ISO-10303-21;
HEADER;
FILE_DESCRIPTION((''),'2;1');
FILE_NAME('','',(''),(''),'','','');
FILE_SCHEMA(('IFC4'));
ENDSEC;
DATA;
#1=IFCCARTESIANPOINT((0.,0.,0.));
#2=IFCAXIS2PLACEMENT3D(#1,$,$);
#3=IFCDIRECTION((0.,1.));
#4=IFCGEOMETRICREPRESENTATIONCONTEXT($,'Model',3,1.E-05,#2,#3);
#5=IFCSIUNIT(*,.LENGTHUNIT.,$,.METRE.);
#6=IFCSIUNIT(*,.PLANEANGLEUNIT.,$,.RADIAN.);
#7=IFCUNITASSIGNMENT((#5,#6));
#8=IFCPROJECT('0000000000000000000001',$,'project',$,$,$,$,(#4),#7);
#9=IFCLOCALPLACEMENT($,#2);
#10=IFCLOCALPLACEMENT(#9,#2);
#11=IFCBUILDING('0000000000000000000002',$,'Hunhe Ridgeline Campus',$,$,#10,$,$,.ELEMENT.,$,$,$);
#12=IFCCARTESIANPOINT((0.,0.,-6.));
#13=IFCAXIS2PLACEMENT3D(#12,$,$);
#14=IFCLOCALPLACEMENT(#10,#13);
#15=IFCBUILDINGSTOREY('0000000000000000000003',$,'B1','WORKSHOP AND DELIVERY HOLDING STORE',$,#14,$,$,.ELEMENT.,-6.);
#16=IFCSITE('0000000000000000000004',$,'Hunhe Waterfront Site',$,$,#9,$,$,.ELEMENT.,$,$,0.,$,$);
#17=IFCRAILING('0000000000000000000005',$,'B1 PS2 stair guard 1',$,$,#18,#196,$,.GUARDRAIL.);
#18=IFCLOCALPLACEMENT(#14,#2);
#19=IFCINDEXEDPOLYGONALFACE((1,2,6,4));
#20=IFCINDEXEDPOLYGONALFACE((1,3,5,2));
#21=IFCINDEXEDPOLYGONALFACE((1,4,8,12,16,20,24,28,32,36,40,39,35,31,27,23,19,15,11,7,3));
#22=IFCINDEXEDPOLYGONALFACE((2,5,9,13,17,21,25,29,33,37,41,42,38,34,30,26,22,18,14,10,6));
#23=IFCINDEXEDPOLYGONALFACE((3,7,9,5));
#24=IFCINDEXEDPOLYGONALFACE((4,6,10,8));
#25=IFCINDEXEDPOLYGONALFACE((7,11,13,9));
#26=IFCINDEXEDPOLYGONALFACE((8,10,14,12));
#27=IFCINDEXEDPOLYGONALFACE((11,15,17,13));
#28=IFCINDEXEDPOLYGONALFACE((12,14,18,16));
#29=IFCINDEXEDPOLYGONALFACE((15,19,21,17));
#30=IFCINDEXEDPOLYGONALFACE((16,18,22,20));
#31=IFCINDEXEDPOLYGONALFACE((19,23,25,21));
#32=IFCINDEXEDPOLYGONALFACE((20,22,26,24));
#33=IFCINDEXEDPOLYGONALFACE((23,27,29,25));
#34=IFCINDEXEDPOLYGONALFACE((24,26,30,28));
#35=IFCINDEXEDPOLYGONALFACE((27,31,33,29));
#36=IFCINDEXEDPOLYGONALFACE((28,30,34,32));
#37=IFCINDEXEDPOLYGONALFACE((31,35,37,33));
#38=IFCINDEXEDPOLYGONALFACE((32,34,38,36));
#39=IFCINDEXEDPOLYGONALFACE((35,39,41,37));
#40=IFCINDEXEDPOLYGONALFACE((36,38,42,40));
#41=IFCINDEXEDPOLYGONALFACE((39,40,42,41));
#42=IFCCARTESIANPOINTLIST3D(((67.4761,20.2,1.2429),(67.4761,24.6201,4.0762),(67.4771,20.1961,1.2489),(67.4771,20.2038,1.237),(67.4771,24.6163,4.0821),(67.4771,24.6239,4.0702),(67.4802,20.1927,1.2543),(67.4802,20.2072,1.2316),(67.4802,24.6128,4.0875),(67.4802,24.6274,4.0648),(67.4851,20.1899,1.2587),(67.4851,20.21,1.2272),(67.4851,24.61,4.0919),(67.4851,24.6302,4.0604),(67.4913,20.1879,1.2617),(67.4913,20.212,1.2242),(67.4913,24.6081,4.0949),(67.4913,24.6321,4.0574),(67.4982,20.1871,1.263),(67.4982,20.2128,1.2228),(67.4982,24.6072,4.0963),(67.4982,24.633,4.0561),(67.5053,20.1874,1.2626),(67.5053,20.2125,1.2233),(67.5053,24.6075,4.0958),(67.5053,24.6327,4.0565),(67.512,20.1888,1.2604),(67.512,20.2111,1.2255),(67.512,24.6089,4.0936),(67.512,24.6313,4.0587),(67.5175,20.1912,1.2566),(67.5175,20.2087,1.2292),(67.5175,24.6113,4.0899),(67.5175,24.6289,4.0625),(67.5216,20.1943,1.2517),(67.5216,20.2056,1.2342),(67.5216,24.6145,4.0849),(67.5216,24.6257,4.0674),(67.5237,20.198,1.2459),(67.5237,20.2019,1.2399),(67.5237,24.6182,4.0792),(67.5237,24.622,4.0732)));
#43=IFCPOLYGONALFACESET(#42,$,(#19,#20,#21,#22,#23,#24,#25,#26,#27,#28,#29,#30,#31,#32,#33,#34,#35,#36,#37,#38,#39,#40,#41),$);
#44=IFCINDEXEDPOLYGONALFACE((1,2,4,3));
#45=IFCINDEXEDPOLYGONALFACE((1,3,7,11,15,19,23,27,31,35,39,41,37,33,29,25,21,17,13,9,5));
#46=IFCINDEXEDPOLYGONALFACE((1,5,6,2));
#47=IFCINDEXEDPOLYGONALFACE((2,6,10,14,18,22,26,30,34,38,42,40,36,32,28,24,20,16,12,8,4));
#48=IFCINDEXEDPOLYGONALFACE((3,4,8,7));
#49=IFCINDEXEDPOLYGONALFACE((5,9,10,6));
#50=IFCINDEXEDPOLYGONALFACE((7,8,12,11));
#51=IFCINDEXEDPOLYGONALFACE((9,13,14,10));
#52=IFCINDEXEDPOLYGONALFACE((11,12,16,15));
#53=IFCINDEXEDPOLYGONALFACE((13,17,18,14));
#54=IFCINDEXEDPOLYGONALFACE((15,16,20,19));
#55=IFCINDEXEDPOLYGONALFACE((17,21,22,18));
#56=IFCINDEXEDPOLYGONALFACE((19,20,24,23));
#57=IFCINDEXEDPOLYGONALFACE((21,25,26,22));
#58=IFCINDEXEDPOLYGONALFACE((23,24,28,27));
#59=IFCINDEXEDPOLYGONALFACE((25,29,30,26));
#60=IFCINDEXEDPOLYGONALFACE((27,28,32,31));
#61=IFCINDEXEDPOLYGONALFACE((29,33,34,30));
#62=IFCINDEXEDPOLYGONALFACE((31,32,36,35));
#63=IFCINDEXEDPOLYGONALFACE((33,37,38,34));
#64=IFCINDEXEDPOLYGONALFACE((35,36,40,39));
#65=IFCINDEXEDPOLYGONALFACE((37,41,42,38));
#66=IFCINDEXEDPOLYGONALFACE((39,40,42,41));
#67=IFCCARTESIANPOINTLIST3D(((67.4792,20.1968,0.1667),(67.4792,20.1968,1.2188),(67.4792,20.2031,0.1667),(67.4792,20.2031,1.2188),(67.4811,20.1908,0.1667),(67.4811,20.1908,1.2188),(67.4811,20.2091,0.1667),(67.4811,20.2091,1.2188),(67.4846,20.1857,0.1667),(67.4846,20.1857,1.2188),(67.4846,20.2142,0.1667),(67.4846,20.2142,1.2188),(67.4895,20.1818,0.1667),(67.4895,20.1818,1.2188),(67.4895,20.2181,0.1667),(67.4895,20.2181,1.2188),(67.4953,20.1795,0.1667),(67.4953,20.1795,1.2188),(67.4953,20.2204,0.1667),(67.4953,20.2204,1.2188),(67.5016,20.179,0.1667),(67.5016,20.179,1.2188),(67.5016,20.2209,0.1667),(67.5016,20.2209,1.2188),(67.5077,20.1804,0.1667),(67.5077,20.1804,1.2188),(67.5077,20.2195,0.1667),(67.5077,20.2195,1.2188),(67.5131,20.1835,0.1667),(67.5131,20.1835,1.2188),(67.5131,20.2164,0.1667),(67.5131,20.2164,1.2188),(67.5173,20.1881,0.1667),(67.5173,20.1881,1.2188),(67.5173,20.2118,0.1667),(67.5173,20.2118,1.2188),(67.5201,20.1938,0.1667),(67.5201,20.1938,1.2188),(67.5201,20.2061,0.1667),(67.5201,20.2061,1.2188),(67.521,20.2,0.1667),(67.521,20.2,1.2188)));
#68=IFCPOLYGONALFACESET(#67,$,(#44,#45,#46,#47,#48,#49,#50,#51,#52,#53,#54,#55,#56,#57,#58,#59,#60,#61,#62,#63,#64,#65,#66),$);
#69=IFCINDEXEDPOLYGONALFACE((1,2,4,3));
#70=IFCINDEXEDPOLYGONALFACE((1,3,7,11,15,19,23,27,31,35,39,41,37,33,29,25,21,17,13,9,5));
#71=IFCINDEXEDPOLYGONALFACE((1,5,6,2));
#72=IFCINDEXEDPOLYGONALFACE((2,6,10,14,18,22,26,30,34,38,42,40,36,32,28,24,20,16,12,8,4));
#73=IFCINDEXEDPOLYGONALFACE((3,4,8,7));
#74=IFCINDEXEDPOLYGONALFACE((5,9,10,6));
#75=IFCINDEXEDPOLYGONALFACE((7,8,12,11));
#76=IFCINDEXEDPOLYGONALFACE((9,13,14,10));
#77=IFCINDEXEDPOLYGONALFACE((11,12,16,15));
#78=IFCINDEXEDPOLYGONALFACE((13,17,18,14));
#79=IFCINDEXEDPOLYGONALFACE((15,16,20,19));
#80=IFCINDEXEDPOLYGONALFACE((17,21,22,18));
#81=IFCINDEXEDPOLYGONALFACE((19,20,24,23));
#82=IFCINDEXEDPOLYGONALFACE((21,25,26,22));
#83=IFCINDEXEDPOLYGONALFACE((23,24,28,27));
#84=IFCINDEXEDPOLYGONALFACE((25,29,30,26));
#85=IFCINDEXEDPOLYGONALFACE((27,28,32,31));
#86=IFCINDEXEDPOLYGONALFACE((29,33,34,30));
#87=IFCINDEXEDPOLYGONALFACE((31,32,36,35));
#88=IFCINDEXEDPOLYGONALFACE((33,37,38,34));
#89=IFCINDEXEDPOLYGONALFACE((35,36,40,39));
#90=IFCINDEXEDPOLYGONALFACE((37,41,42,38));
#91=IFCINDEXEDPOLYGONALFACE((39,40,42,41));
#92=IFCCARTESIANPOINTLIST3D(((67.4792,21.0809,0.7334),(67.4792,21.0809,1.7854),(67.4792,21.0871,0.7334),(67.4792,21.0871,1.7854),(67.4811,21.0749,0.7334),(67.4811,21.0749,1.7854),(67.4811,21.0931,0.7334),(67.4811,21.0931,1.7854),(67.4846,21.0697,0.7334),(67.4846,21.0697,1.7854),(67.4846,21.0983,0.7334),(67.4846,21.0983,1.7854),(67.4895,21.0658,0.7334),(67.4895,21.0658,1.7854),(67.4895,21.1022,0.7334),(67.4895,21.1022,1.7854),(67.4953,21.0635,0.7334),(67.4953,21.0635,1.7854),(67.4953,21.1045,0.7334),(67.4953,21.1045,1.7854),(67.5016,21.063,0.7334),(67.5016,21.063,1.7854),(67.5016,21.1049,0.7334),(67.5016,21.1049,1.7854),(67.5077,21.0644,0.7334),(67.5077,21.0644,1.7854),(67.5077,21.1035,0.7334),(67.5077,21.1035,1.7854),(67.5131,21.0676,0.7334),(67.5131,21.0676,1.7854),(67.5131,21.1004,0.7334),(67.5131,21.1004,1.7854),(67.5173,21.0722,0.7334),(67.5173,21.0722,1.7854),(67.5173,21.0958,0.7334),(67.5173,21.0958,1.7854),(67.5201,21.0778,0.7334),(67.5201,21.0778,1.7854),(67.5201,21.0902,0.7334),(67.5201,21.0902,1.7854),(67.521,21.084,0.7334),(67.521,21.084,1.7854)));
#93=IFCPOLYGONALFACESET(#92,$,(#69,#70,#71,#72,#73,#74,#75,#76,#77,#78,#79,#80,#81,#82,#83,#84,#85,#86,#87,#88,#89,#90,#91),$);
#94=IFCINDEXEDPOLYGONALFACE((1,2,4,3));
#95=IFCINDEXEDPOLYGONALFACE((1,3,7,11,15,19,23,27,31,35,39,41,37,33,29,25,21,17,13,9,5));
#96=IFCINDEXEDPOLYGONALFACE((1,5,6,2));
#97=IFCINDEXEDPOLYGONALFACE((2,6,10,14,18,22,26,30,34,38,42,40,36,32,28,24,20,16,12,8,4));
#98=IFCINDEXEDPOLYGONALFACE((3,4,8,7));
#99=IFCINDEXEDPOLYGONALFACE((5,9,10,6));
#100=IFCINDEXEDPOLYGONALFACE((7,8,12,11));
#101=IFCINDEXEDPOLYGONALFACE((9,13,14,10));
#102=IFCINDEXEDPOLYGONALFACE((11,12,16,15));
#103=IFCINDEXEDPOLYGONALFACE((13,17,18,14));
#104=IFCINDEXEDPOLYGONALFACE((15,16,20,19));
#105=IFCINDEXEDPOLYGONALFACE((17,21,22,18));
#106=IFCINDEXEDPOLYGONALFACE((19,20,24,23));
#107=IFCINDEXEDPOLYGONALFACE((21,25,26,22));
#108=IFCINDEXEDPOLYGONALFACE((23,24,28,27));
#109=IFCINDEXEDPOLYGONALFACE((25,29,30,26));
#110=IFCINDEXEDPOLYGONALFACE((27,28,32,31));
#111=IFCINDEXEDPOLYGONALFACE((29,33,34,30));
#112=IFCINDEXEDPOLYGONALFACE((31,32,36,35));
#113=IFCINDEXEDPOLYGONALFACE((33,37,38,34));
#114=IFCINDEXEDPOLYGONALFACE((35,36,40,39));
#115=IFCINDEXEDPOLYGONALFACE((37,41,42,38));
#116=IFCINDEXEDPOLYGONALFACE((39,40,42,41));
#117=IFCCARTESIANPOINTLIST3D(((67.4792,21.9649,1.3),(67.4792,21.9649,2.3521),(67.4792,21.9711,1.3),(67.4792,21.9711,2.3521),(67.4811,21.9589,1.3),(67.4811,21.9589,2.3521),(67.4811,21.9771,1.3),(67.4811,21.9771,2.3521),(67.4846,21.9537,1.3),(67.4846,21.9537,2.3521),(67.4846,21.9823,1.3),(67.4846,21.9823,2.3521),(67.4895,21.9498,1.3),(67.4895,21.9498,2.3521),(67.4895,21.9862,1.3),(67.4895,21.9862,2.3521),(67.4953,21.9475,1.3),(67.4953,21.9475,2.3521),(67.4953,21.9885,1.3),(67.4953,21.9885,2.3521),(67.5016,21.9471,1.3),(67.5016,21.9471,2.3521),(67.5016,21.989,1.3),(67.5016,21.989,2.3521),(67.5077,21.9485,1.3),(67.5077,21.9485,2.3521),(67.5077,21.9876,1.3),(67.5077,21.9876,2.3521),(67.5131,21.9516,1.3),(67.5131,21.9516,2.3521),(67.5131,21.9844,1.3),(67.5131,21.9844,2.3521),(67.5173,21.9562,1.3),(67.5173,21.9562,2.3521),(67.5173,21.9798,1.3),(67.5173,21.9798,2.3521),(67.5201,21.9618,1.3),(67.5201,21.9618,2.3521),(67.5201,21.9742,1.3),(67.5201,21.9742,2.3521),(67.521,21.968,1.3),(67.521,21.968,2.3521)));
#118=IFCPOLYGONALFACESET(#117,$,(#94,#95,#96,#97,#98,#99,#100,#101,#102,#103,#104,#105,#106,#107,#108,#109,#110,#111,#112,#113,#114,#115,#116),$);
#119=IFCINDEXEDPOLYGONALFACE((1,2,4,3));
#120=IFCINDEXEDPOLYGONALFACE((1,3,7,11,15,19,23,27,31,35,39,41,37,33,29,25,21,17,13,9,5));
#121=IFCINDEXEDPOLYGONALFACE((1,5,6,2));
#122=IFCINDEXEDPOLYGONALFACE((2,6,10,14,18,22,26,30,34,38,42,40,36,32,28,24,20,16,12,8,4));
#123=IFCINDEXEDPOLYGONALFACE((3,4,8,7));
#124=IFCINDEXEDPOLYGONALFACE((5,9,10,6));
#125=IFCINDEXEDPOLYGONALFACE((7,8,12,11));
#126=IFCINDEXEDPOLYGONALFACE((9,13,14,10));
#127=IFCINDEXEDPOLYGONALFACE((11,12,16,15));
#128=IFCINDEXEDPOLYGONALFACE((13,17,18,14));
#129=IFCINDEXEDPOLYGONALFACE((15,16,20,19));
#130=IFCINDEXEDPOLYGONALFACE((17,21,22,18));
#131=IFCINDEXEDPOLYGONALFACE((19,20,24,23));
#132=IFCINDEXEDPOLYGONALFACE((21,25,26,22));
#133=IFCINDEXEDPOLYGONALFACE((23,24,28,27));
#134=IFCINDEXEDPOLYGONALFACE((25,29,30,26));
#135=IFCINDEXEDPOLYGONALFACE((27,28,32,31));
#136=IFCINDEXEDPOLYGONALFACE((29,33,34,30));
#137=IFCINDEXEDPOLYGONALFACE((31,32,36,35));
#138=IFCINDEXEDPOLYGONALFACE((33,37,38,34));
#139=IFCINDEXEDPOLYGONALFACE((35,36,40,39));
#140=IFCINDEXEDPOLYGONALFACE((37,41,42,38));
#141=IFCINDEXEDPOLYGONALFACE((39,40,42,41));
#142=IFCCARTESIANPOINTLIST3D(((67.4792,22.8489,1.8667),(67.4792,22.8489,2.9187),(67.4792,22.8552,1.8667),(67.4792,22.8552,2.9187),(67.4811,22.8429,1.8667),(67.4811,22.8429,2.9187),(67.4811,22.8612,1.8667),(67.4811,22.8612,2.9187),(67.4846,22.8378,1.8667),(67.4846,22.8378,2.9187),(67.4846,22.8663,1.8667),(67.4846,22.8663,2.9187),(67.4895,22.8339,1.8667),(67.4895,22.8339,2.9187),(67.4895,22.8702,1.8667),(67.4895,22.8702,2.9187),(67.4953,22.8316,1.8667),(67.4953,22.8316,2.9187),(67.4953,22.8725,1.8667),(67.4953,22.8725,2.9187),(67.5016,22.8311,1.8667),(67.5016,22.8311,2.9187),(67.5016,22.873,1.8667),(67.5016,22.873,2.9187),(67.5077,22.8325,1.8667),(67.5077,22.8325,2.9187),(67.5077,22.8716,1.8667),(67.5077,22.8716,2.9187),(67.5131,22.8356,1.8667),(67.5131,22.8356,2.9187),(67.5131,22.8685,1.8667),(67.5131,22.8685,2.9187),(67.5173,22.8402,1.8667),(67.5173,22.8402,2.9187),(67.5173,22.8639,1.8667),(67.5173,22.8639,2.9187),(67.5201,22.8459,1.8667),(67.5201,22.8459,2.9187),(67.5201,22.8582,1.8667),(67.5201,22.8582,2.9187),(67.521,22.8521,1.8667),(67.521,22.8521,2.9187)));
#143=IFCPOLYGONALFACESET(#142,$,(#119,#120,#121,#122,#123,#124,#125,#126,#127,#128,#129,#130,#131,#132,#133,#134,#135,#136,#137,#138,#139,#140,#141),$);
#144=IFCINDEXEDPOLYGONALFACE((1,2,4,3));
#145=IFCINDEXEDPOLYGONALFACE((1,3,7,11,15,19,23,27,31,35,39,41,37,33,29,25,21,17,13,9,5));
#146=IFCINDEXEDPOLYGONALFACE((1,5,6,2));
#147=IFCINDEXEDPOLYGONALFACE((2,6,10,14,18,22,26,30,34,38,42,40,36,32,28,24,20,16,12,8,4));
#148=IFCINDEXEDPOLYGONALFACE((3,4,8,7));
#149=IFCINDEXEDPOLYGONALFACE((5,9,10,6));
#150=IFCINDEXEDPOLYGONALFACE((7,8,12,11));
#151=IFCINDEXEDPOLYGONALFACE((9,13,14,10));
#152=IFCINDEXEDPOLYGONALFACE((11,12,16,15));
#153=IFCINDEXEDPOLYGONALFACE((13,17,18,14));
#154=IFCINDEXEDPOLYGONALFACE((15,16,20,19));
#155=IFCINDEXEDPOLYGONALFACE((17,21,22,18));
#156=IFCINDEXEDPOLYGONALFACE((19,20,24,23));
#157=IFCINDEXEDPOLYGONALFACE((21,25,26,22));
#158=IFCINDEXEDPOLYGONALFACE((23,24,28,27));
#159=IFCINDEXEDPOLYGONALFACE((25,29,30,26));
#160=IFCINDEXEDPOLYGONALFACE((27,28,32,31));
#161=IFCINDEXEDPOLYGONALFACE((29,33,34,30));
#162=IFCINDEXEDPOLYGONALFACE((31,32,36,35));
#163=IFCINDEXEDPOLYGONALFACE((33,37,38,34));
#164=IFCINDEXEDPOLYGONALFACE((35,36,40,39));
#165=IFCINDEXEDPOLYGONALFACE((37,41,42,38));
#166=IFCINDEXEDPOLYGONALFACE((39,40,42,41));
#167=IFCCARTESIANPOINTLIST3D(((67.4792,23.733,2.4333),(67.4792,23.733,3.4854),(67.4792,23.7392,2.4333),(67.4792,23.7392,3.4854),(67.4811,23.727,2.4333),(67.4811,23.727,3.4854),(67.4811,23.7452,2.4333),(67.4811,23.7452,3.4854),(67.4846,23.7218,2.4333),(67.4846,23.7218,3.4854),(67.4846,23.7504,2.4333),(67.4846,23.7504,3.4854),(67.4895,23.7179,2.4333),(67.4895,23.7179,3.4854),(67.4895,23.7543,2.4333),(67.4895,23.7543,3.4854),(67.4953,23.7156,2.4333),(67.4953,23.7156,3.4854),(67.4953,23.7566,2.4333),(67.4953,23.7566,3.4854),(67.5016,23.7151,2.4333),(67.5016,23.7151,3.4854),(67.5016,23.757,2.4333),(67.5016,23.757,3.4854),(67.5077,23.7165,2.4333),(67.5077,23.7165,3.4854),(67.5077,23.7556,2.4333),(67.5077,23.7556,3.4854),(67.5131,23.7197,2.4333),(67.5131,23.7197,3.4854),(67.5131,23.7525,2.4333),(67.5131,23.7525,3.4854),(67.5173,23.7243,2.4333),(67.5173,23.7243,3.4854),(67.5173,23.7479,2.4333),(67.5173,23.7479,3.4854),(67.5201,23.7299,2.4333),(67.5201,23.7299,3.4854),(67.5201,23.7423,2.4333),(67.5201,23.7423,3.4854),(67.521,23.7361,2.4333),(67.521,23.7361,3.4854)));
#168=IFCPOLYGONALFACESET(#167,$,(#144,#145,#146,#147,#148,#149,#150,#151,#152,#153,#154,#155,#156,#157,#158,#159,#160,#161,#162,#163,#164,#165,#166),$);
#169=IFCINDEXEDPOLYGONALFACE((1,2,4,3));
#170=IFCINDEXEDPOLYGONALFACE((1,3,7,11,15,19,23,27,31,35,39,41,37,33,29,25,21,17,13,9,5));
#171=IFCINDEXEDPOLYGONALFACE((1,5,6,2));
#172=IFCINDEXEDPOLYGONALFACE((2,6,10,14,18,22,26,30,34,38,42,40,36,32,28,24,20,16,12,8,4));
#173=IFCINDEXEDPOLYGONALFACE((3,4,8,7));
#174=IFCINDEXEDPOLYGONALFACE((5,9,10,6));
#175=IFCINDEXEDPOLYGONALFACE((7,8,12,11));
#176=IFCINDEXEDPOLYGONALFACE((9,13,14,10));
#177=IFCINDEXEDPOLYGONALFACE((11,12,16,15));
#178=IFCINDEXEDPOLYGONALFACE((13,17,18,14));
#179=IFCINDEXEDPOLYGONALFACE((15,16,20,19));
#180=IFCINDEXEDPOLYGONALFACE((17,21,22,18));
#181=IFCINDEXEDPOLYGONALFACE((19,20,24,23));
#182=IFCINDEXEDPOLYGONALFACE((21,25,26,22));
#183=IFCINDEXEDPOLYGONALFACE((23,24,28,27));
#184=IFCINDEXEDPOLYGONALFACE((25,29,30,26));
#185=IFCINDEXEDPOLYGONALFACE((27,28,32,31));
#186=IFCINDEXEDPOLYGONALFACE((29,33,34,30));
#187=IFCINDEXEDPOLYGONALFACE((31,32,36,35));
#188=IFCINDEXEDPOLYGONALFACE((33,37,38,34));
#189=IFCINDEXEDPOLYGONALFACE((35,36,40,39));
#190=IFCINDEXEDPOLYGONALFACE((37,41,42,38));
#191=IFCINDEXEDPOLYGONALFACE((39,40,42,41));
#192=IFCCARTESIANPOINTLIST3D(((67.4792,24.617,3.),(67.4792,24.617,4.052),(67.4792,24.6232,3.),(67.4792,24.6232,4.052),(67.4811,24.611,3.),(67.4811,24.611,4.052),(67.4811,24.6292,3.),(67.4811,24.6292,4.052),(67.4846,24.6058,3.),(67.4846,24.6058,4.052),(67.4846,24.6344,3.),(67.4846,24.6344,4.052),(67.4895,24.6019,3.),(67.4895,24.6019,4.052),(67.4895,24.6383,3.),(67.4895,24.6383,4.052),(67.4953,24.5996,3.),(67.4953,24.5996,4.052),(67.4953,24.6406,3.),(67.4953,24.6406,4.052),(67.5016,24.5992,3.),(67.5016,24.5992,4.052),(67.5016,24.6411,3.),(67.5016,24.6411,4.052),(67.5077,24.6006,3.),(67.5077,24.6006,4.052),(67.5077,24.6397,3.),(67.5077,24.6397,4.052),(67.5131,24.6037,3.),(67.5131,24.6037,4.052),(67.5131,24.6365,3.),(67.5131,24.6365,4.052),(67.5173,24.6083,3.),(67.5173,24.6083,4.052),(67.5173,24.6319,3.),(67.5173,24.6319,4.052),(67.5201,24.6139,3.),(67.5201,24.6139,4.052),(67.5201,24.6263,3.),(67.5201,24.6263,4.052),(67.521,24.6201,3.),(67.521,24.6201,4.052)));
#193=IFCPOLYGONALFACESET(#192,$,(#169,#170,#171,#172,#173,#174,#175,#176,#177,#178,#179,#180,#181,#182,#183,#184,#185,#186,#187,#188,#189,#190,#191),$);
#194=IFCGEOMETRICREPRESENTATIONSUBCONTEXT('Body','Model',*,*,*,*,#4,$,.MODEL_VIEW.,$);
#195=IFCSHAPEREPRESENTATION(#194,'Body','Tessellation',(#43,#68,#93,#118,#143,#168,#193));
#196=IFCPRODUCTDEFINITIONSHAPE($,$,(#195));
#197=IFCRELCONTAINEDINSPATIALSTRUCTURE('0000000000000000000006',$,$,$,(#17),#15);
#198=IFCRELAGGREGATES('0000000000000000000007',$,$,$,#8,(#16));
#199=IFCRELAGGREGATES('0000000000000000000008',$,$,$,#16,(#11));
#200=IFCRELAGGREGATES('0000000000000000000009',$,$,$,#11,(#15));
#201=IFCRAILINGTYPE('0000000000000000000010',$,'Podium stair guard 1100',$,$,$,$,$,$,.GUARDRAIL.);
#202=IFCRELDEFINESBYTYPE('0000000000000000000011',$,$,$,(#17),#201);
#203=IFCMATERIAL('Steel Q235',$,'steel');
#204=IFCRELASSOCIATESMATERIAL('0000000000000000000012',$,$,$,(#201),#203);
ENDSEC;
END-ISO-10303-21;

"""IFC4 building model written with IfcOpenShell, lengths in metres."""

from ifc_helpers import new_model, si_unit, direction, frame, origin, origin_2d, place, context, subcontext, project, spatial, circle, extrude, material, type_object, element, save


model = new_model("IFC4")

# Units and contexts
model_context = context("Model", 3, precision=1e-05, world=origin(), true_north=direction((0.0, 1.0)))
body_context = subcontext(model_context, "Body", "Model", "MODEL_VIEW")
ifc_project = project(units=[si_unit("LENGTHUNIT", "METRE"), si_unit("PLANEANGLEUNIT", "RADIAN")], contexts=[model_context])

# Site, building, storey
site_placement = place(None, origin())
site = spatial("IfcSite", under=ifc_project, at=site_placement, Name="Hunhe Waterfront Site", CompositionType="ELEMENT", RefElevation=0.0)
building_placement = place(site_placement, origin())
building = spatial("IfcBuilding", under=site, at=building_placement, Name="Hunhe Ridgeline Campus", CompositionType="ELEMENT")
storey_placement = place(building_placement, frame((0.0, 0.0, -6.0)))
storey = spatial("IfcBuildingStorey", under=building, at=storey_placement, Name="B1", Description="WORKSHOP AND DELIVERY HOLDING STORE", CompositionType="ELEMENT", Elevation=-6.0)

# Shared definitions
ifc_material_1 = material(Name="Steel Q235", Category="steel")

# Railing
railing_type_1 = type_object("IfcRailingType", Name="Podium stair guard 1100", PredefinedType="GUARDRAIL", material=ifc_material_1)
railing_1_placement = place(storey_placement, frame((67.5, 20.2, 0.1667)))
element("IfcRailing", 1, at=railing_1_placement, inside=storey, type_object=railing_type_1, Name="B1 PS2 stair guard 1", PredefinedType="GUARDRAIL", context=body_context, shape_type="SweptSolid", body=[
    extrude(circle(Radius=0.0239, at=origin_2d()), frame((0.0, 0.0, 1.0762), z_axis=(0.0, 0.841895, 0.539641), x_axis=(-1.0, 0.0, 0.0)), (0.0, 0.0, 1.0), 5.2502),
    extrude(circle(Radius=0.021, at=origin_2d()), origin(), (0.0, 0.0, 1.0), 1.052),
    extrude(circle(Radius=0.021, at=origin_2d()), frame((0.0, 0.884, 0.5667)), (0.0, 0.0, 1.0), 1.052),
    extrude(circle(Radius=0.021, at=origin_2d()), frame((0.0, 1.7681, 1.1333)), (0.0, 0.0, 1.0), 1.052),
    extrude(circle(Radius=0.021, at=origin_2d()), frame((0.0, 2.6521, 1.7)), (0.0, 0.0, 1.0), 1.052),
    extrude(circle(Radius=0.021, at=origin_2d()), frame((0.0, 3.5361, 2.2666)), (0.0, 0.0, 1.0), 1.052),
    extrude(circle(Radius=0.021, at=origin_2d()), frame((0.0, 4.4202, 2.8333)), (0.0, 0.0, 1.0), 1.052),
])

save(model, "model.ifc")
